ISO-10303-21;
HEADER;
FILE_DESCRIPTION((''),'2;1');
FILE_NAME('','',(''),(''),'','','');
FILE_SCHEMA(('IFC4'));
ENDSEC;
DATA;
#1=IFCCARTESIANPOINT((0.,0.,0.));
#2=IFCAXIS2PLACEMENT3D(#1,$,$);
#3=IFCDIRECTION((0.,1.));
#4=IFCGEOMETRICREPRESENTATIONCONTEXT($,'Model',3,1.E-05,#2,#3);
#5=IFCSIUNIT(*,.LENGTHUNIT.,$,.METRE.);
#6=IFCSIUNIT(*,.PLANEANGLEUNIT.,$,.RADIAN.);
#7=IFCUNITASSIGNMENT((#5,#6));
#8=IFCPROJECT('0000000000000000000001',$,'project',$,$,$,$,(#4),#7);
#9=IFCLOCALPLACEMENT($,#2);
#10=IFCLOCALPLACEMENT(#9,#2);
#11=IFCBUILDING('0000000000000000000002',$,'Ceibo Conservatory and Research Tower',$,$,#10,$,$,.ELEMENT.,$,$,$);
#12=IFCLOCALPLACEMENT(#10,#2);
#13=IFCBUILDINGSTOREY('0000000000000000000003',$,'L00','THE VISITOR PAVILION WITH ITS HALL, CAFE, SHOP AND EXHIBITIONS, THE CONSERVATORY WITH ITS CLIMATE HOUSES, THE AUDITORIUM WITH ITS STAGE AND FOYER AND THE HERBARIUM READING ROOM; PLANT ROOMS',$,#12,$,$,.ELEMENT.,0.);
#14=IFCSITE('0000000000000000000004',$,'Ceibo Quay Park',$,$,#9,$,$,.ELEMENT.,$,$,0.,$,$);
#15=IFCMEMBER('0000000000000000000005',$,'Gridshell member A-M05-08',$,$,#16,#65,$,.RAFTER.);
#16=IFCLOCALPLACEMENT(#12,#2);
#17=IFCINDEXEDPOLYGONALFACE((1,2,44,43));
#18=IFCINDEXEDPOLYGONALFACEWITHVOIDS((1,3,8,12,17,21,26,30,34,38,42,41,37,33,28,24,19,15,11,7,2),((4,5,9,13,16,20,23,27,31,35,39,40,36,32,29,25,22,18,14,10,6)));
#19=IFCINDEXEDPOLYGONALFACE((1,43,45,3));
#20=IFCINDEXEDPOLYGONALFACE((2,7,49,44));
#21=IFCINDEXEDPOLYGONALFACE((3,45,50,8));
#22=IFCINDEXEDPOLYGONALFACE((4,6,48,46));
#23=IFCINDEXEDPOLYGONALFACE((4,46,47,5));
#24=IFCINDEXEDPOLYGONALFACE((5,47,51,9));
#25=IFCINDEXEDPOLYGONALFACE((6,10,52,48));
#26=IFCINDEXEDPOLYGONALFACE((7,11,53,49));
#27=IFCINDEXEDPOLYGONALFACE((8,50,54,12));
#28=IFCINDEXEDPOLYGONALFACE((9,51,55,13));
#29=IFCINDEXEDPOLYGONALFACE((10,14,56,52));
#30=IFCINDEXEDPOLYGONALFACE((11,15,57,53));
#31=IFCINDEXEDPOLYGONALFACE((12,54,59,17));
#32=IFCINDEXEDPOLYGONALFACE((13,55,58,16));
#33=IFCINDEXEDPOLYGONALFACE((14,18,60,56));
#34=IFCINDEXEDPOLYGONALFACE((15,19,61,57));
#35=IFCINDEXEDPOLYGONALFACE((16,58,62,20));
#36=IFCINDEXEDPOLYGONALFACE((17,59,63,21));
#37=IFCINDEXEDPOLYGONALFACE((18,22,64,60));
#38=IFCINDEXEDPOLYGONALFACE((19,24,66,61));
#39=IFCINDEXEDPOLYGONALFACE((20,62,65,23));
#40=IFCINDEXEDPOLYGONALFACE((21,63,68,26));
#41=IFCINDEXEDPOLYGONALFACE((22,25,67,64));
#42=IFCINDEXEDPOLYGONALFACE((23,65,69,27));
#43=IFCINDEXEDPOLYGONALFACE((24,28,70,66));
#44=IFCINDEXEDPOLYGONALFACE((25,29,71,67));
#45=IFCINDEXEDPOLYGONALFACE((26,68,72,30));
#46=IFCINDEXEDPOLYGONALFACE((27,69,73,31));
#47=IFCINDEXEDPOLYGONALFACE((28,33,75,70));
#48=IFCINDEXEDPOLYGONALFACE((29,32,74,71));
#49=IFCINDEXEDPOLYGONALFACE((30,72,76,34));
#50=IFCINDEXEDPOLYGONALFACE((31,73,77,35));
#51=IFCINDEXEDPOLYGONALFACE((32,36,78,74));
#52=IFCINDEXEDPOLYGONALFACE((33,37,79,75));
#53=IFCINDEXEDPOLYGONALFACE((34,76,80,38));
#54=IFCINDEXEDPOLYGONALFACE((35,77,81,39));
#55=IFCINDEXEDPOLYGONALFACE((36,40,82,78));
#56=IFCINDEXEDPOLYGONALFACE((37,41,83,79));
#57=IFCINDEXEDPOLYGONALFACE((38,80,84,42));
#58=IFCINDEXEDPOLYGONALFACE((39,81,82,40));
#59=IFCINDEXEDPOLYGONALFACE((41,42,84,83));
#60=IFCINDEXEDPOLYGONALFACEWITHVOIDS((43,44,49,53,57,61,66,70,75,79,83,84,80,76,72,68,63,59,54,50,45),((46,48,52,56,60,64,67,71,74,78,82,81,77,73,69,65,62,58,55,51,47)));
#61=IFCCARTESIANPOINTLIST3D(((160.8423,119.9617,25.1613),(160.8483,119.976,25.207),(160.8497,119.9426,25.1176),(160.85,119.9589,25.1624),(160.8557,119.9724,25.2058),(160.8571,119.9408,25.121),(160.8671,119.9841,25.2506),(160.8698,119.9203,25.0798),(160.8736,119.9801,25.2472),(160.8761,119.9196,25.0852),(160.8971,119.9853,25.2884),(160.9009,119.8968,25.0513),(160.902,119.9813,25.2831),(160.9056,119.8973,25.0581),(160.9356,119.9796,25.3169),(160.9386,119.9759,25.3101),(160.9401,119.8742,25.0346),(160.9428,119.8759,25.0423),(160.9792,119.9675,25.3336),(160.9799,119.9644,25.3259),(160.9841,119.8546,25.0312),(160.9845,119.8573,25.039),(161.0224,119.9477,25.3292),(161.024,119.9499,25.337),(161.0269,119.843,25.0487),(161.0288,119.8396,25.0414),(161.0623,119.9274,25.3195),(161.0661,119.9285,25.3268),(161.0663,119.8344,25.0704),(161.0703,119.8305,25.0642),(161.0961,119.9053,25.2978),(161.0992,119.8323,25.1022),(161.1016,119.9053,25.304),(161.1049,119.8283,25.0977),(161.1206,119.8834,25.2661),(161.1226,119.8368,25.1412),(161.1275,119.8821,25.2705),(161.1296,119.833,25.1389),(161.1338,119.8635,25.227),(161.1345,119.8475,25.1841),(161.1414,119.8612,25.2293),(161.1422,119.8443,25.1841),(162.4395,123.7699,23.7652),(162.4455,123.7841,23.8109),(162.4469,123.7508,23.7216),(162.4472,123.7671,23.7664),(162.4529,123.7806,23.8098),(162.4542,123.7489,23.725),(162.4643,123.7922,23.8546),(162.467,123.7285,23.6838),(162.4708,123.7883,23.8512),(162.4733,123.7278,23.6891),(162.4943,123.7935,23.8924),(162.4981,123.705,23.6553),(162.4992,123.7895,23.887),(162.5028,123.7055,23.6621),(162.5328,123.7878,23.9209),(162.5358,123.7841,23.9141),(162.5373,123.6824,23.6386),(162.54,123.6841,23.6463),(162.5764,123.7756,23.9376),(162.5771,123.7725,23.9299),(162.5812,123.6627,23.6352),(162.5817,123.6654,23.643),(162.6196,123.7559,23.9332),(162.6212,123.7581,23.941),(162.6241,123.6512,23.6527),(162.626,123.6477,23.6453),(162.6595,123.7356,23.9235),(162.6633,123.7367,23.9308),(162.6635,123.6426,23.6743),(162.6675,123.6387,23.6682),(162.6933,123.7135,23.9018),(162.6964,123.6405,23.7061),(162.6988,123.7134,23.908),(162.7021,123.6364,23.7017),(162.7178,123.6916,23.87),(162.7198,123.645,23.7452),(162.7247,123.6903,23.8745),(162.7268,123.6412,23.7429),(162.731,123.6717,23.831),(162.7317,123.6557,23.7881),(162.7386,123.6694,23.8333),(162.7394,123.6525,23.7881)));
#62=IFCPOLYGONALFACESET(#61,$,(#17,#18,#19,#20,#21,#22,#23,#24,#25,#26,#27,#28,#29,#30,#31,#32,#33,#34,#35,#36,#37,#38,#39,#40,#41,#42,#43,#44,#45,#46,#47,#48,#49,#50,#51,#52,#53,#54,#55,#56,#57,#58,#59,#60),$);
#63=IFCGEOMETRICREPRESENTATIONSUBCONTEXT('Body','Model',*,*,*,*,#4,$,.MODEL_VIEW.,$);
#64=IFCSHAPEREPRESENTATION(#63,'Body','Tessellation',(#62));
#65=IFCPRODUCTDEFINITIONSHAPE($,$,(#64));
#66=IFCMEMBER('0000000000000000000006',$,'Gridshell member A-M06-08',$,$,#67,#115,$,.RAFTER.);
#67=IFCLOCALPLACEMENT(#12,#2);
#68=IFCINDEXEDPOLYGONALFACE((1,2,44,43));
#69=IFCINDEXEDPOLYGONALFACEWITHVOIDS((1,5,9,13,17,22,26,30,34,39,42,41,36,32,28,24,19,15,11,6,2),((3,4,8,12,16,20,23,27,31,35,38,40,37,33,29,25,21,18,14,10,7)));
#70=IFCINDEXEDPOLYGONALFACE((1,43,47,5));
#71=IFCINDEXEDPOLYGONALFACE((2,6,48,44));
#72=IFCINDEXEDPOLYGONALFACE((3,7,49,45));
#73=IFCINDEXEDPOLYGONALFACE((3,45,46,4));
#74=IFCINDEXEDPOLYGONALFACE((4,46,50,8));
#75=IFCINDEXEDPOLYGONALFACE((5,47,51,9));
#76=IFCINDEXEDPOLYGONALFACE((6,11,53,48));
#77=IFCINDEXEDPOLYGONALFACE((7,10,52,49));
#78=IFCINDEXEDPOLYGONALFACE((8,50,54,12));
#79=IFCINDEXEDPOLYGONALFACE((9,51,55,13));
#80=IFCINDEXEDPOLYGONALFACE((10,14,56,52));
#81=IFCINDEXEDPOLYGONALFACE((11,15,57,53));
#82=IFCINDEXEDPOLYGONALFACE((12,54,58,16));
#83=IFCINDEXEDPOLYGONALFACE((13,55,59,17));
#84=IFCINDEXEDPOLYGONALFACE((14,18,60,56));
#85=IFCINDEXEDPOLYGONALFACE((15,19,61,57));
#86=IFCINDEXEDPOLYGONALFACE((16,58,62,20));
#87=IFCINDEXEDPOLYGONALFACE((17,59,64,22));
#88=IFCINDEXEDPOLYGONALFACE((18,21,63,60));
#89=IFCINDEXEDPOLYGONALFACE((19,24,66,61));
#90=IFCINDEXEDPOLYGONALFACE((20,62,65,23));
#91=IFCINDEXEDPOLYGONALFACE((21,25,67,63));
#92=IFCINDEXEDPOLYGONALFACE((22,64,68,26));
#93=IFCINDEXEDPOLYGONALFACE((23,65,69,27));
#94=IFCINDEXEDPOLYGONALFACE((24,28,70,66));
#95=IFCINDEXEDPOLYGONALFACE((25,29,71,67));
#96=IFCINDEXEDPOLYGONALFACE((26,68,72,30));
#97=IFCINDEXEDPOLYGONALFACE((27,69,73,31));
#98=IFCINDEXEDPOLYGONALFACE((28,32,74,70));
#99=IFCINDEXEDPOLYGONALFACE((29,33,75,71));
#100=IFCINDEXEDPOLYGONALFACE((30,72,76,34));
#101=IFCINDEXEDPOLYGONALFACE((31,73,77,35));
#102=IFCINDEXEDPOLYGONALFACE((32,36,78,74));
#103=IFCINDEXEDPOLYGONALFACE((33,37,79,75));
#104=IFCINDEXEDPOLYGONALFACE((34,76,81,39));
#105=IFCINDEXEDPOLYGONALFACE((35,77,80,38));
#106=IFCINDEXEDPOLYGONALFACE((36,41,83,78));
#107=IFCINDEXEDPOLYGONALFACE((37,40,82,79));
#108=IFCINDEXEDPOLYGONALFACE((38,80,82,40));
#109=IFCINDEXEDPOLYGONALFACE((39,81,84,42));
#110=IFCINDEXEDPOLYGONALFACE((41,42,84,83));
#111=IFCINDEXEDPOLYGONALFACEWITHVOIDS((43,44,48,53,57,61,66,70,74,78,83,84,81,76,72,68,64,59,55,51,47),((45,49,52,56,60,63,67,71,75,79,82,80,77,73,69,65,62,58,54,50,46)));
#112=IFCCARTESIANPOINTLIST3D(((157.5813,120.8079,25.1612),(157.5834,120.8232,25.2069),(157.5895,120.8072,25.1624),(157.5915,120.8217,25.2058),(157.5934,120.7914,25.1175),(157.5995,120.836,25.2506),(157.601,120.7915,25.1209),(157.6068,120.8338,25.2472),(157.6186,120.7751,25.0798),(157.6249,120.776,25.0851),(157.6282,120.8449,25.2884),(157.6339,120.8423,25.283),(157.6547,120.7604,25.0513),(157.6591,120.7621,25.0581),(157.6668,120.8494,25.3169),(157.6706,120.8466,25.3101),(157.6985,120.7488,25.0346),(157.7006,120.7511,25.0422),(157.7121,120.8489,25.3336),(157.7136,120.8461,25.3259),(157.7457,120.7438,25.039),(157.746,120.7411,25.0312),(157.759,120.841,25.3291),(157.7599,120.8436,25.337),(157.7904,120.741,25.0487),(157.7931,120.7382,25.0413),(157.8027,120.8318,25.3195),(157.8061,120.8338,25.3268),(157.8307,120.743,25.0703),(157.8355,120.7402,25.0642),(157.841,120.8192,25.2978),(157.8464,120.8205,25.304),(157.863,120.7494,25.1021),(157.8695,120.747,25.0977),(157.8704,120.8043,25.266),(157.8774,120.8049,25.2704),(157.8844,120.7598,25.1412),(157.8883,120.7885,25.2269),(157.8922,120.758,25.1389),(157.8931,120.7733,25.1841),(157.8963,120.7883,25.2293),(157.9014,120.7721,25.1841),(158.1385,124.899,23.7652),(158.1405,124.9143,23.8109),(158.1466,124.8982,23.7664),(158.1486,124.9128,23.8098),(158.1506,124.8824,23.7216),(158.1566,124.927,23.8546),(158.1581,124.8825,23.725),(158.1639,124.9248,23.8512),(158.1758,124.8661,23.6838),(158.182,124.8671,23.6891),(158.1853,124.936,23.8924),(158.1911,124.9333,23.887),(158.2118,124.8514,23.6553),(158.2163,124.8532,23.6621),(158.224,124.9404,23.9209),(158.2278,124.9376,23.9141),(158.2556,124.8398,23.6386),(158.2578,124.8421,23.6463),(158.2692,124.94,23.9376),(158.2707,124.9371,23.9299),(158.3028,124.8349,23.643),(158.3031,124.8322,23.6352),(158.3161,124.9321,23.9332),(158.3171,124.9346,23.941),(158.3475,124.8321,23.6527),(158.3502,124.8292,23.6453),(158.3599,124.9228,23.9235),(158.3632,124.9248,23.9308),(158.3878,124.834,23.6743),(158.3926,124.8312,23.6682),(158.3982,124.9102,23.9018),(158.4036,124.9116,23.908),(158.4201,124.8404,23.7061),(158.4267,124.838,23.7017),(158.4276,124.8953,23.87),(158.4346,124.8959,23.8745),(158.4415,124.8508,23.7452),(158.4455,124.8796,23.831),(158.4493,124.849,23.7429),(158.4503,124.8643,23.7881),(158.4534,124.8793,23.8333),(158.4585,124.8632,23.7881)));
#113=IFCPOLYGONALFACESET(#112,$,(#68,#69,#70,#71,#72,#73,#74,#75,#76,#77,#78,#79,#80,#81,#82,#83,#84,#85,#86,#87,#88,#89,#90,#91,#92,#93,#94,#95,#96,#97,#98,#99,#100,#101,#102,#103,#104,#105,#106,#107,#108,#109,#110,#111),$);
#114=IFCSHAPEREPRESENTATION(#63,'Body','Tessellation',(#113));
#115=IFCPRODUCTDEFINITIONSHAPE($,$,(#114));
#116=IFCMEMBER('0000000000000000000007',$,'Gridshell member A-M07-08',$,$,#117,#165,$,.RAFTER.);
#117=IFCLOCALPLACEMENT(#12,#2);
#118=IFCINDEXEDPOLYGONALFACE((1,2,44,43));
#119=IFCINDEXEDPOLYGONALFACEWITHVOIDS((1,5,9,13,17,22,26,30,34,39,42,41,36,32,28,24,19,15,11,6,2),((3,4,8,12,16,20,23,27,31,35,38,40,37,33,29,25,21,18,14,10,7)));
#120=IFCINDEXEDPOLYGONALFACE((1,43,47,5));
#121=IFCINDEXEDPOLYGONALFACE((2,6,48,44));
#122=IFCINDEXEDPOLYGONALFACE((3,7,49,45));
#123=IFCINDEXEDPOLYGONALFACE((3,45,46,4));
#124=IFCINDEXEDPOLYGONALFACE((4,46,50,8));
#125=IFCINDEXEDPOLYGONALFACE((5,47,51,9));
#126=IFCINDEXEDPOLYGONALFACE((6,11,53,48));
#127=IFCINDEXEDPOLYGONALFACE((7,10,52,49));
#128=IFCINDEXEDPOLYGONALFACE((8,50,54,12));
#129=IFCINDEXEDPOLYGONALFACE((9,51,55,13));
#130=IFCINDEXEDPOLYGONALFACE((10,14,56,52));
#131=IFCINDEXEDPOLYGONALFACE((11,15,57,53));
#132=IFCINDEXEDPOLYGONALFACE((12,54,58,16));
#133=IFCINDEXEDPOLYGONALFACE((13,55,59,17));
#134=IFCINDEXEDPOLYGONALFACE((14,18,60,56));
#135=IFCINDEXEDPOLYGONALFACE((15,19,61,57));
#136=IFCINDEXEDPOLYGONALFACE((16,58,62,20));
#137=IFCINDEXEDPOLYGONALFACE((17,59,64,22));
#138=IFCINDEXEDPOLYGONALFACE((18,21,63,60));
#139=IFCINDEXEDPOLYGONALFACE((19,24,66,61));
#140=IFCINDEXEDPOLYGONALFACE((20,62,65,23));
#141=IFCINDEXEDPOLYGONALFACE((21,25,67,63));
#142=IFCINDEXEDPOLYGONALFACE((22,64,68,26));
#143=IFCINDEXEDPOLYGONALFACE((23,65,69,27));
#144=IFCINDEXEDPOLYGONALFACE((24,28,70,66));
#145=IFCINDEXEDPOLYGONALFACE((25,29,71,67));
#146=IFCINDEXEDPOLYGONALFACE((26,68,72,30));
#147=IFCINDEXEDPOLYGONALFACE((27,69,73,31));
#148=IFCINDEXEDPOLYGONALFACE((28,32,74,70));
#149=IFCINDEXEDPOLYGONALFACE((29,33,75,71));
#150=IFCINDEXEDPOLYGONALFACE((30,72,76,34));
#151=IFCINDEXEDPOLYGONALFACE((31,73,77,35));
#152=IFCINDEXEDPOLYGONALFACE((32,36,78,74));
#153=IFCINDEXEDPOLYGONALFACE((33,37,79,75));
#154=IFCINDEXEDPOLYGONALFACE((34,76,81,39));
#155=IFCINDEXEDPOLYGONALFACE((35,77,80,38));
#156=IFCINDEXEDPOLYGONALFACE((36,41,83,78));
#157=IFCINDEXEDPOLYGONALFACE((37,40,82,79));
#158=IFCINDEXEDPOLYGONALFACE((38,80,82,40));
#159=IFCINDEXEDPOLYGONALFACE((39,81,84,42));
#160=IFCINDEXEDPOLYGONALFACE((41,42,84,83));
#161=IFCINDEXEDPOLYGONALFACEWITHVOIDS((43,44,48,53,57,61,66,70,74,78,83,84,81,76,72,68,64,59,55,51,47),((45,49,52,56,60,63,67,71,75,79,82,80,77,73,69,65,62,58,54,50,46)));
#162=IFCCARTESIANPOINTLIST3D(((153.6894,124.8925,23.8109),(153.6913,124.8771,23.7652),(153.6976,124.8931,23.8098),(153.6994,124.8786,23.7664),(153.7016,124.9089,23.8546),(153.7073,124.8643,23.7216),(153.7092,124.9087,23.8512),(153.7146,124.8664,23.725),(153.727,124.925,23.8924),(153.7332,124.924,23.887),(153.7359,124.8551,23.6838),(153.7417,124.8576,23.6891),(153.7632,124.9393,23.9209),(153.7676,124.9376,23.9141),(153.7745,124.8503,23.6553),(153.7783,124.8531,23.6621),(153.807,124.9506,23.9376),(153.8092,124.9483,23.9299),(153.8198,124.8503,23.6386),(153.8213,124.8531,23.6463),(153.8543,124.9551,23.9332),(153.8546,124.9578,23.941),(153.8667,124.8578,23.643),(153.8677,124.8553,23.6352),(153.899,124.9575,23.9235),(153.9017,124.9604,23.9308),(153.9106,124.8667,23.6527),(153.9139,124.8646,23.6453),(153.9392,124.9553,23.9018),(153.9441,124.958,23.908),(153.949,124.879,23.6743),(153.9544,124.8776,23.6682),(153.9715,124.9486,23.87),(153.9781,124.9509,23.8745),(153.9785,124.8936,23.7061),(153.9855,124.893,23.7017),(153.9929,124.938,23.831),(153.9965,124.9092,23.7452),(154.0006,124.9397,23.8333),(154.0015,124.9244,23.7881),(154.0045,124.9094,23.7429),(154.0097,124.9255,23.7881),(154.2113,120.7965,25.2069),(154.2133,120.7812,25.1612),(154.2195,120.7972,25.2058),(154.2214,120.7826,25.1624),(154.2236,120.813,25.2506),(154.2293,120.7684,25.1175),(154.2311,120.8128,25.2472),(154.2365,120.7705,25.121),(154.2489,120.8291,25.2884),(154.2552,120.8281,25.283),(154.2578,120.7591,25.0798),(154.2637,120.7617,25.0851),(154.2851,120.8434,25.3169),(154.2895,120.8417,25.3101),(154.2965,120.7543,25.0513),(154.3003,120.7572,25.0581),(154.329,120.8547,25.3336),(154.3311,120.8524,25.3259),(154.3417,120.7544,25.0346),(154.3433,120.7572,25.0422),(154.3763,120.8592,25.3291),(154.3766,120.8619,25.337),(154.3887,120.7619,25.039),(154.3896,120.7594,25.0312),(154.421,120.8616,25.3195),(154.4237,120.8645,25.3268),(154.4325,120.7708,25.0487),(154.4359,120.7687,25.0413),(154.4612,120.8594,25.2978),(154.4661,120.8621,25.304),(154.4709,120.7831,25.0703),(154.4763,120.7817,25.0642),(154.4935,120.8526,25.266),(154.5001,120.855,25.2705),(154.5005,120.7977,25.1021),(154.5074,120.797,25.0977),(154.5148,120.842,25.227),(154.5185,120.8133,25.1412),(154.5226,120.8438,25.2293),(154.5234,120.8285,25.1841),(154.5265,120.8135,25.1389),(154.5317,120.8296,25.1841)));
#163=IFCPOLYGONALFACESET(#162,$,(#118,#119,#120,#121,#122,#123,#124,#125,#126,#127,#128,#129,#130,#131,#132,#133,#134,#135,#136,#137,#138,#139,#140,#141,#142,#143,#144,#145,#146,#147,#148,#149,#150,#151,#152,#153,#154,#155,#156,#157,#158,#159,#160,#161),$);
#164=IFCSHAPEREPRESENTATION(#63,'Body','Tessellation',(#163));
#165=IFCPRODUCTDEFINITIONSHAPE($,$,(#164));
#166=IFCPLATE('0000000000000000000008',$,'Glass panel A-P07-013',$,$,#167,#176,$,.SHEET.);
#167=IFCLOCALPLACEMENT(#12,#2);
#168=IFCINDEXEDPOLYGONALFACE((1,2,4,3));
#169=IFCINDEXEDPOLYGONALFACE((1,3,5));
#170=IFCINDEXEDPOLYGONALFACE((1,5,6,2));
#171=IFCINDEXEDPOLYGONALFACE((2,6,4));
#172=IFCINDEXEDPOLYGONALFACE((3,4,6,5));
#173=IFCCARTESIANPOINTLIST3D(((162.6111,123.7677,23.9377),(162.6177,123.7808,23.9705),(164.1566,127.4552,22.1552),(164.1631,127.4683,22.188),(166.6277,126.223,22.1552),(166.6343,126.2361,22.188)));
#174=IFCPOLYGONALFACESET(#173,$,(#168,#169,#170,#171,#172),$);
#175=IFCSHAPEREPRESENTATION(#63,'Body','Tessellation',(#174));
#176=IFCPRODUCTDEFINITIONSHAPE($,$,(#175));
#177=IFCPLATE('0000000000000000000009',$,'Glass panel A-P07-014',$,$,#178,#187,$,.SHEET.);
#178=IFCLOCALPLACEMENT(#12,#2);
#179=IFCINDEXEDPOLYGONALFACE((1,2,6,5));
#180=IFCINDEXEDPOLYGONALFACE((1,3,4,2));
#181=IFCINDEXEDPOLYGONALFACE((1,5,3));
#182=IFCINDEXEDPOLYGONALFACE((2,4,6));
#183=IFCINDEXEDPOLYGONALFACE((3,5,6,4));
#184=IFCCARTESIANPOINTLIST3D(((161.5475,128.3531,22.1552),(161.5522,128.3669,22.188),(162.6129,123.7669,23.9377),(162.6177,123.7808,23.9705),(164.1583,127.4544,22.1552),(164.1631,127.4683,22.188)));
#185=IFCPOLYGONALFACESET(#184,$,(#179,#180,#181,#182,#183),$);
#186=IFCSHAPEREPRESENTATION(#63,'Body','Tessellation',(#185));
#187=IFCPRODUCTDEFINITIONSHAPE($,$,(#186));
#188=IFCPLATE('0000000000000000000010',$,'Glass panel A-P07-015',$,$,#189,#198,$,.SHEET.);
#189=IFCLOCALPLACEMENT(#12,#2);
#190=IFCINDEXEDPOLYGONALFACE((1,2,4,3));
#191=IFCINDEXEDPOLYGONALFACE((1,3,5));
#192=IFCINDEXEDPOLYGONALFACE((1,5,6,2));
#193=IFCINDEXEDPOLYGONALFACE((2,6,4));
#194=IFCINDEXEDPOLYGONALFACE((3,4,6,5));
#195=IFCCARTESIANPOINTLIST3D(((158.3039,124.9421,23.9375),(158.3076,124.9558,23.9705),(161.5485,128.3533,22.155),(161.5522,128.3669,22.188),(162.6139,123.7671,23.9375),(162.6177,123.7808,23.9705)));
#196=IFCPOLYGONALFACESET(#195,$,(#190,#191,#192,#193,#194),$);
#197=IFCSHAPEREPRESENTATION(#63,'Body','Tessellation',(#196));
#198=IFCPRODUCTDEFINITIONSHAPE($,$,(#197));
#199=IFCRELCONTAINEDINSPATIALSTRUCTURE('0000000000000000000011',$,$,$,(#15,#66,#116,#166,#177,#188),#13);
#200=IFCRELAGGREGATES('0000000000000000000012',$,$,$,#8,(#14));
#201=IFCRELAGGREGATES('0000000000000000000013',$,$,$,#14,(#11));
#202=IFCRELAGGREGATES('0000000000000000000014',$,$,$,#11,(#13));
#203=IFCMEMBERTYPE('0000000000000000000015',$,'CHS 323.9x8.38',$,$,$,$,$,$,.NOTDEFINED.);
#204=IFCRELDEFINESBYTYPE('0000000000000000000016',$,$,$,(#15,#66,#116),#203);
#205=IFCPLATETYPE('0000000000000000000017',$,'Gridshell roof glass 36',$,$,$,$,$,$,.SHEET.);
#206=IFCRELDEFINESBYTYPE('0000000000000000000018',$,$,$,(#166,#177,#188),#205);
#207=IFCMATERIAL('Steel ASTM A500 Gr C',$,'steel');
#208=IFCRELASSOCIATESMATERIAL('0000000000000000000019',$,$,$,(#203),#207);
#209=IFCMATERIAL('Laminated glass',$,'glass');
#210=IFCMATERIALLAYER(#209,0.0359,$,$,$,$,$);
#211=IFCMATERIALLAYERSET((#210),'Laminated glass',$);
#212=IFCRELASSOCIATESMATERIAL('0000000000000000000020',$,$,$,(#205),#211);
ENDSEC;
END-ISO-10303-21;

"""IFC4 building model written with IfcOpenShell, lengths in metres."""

from ifc_helpers import new_model, si_unit, direction, frame, origin, origin_2d, place, context, subcontext, project, spatial, polyline, hollow_circle, outline, extrude, material, layer, layer_set, material_profile, profile_set, type_object, element, save


model = new_model("IFC4")

# Units and contexts
model_context = context("Model", 3, precision=1e-05, world=origin(), true_north=direction((0.0, 1.0)))
body_context = subcontext(model_context, "Body", "Model", "MODEL_VIEW")
ifc_project = project(units=[si_unit("LENGTHUNIT", "METRE"), si_unit("PLANEANGLEUNIT", "RADIAN")], contexts=[model_context])

# Site, building, storey
site_placement = place(None, origin())
site = spatial("IfcSite", under=ifc_project, at=site_placement, Name="Ceibo Quay Park", CompositionType="ELEMENT", RefElevation=0.0)
building_placement = place(site_placement, origin())
building = spatial("IfcBuilding", under=site, at=building_placement, Name="Ceibo Conservatory and Research Tower", CompositionType="ELEMENT")
storey_placement = place(building_placement, origin())
storey = spatial("IfcBuildingStorey", under=building, at=storey_placement, Name="L00", Description="THE VISITOR PAVILION WITH ITS HALL, CAFE, SHOP AND EXHIBITIONS, THE CONSERVATORY WITH ITS CLIMATE HOUSES, THE AUDITORIUM WITH ITS STAGE AND FOYER AND THE HERBARIUM READING ROOM; PLANT ROOMS", CompositionType="ELEMENT", Elevation=0.0)

# Members
ifc_material_1 = material(Name="Steel ASTM A500 Gr C", Category="steel")
ifc_material_profile_1 = material_profile(ifc_material_1, hollow_circle(Radius=0.1619, WallThickness=0.0083, at=origin_2d()), Name="CHS 323.9x8.38")
ifc_profile_set_1 = profile_set([ifc_material_profile_1], Name="Steel ASTM A500 Gr C")
member_type_1 = type_object("IfcMemberType", Name="CHS 323.9x8.38", PredefinedType="NOTDEFINED", material=ifc_profile_set_1)
member_1_placement = place(storey_placement, frame((162.5901, 123.7151, 23.7881), z_axis=(-0.366402, -0.873607, 0.320252), x_axis=(0.922175, -0.386772, 0.0)))
element("IfcMember", 1, at=member_1_placement, inside=storey, type_object=member_type_1, Name="Gridshell member A-M05-08", PredefinedType="RAFTER", context=body_context, shape_type="SweptSolid", body=[
    extrude(hollow_circle(Radius=0.1619, WallThickness=0.0083, at=origin_2d()), origin(), (0.0, 0.0, 1.0), 4.3591),
])
member_2_placement = place(storey_placement, frame((158.2981, 124.885, 23.7881), z_axis=(-0.127828, -0.938653, 0.320297), x_axis=(0.990854, -0.134936, 0.0)))
element("IfcMember", 2, at=member_2_placement, inside=storey, type_object=member_type_1, Name="Gridshell member A-M06-08", PredefinedType="RAFTER", context=body_context, shape_type="SweptSolid", body=[
    extrude(hollow_circle(Radius=0.1619, WallThickness=0.0083, at=origin_2d()), origin(), (0.0, 0.0, 1.0), 4.3584),
])
member_3_placement = place(storey_placement, frame((153.8491, 124.905, 23.7881), z_axis=(0.119755, -0.939723, 0.32028), x_axis=(0.991978, 0.126414, 0.0)))
element("IfcMember", 3, at=member_3_placement, inside=storey, type_object=member_type_1, Name="Gridshell member A-M07-08", PredefinedType="RAFTER", context=body_context, shape_type="SweptSolid", body=[
    extrude(hollow_circle(Radius=0.1619, WallThickness=0.0083, at=origin_2d()), origin(), (0.0, 0.0, 1.0), 4.3586),
])

# Plates
ifc_material_2 = material(Name="Laminated glass", Category="glass")
ifc_layer = layer(ifc_material_2, 0.0359)
ifc_layer_set = layer_set([ifc_layer], Name="Laminated glass")
plate_type = type_object("IfcPlateType", Name="Gridshell roof glass 36", PredefinedType="SHEET", material=ifc_layer_set)
plate_1_placement = place(storey_placement, frame((162.6177, 123.7808, 23.9705), z_axis=(0.182022, 0.365053, 0.913019), x_axis=(0.79793, 0.48777, -0.354102)))
element("IfcPlate", 4, at=plate_1_placement, inside=storey, type_object=plate_type, Name="Glass panel A-P07-013", PredefinedType="SHEET", context=body_context, shape_type="SweptSolid", body=[
    extrude(outline(polyline([(0.0, 0.0), (5.0338, 0.0), (3.663, 2.3971), (0.0, 0.0)])), origin(), (0.0, 0.0, -1.0), 0.0359),
])
plate_2_placement = place(storey_placement, frame((162.6177, 123.7808, 23.9705), z_axis=(0.132762, 0.385699, 0.913023), x_axis=(0.353029, 0.842362, -0.407182)))
element("IfcPlate", 5, at=plate_2_placement, inside=storey, type_object=plate_type, Name="Glass panel A-P07-014", PredefinedType="SHEET", context=body_context, shape_type="SweptSolid", body=[
    extrude(outline(polyline([(0.0, 0.0), (4.3776, 0.0), (4.2129, 2.7563), (0.0, 0.0)])), origin(), (0.0, 0.0, -1.0), 0.0359),
])
plate_3_placement = place(storey_placement, frame((162.6177, 123.7808, 23.9705), z_axis=(0.103921, 0.381182, 0.918641), x_axis=(-0.211629, 0.910965, -0.354057)))
element("IfcPlate", 6, at=plate_3_placement, inside=storey, type_object=plate_type, Name="Glass panel A-P07-015", PredefinedType="SHEET", context=body_context, shape_type="SweptSolid", body=[
    extrude(outline(polyline([(0.0, 0.0), (5.0344, 0.0), (1.9826, 4.0033), (0.0, 0.0)])), origin(), (0.0, 0.0, -1.0), 0.0359),
])

save(model, "model.ifc")
